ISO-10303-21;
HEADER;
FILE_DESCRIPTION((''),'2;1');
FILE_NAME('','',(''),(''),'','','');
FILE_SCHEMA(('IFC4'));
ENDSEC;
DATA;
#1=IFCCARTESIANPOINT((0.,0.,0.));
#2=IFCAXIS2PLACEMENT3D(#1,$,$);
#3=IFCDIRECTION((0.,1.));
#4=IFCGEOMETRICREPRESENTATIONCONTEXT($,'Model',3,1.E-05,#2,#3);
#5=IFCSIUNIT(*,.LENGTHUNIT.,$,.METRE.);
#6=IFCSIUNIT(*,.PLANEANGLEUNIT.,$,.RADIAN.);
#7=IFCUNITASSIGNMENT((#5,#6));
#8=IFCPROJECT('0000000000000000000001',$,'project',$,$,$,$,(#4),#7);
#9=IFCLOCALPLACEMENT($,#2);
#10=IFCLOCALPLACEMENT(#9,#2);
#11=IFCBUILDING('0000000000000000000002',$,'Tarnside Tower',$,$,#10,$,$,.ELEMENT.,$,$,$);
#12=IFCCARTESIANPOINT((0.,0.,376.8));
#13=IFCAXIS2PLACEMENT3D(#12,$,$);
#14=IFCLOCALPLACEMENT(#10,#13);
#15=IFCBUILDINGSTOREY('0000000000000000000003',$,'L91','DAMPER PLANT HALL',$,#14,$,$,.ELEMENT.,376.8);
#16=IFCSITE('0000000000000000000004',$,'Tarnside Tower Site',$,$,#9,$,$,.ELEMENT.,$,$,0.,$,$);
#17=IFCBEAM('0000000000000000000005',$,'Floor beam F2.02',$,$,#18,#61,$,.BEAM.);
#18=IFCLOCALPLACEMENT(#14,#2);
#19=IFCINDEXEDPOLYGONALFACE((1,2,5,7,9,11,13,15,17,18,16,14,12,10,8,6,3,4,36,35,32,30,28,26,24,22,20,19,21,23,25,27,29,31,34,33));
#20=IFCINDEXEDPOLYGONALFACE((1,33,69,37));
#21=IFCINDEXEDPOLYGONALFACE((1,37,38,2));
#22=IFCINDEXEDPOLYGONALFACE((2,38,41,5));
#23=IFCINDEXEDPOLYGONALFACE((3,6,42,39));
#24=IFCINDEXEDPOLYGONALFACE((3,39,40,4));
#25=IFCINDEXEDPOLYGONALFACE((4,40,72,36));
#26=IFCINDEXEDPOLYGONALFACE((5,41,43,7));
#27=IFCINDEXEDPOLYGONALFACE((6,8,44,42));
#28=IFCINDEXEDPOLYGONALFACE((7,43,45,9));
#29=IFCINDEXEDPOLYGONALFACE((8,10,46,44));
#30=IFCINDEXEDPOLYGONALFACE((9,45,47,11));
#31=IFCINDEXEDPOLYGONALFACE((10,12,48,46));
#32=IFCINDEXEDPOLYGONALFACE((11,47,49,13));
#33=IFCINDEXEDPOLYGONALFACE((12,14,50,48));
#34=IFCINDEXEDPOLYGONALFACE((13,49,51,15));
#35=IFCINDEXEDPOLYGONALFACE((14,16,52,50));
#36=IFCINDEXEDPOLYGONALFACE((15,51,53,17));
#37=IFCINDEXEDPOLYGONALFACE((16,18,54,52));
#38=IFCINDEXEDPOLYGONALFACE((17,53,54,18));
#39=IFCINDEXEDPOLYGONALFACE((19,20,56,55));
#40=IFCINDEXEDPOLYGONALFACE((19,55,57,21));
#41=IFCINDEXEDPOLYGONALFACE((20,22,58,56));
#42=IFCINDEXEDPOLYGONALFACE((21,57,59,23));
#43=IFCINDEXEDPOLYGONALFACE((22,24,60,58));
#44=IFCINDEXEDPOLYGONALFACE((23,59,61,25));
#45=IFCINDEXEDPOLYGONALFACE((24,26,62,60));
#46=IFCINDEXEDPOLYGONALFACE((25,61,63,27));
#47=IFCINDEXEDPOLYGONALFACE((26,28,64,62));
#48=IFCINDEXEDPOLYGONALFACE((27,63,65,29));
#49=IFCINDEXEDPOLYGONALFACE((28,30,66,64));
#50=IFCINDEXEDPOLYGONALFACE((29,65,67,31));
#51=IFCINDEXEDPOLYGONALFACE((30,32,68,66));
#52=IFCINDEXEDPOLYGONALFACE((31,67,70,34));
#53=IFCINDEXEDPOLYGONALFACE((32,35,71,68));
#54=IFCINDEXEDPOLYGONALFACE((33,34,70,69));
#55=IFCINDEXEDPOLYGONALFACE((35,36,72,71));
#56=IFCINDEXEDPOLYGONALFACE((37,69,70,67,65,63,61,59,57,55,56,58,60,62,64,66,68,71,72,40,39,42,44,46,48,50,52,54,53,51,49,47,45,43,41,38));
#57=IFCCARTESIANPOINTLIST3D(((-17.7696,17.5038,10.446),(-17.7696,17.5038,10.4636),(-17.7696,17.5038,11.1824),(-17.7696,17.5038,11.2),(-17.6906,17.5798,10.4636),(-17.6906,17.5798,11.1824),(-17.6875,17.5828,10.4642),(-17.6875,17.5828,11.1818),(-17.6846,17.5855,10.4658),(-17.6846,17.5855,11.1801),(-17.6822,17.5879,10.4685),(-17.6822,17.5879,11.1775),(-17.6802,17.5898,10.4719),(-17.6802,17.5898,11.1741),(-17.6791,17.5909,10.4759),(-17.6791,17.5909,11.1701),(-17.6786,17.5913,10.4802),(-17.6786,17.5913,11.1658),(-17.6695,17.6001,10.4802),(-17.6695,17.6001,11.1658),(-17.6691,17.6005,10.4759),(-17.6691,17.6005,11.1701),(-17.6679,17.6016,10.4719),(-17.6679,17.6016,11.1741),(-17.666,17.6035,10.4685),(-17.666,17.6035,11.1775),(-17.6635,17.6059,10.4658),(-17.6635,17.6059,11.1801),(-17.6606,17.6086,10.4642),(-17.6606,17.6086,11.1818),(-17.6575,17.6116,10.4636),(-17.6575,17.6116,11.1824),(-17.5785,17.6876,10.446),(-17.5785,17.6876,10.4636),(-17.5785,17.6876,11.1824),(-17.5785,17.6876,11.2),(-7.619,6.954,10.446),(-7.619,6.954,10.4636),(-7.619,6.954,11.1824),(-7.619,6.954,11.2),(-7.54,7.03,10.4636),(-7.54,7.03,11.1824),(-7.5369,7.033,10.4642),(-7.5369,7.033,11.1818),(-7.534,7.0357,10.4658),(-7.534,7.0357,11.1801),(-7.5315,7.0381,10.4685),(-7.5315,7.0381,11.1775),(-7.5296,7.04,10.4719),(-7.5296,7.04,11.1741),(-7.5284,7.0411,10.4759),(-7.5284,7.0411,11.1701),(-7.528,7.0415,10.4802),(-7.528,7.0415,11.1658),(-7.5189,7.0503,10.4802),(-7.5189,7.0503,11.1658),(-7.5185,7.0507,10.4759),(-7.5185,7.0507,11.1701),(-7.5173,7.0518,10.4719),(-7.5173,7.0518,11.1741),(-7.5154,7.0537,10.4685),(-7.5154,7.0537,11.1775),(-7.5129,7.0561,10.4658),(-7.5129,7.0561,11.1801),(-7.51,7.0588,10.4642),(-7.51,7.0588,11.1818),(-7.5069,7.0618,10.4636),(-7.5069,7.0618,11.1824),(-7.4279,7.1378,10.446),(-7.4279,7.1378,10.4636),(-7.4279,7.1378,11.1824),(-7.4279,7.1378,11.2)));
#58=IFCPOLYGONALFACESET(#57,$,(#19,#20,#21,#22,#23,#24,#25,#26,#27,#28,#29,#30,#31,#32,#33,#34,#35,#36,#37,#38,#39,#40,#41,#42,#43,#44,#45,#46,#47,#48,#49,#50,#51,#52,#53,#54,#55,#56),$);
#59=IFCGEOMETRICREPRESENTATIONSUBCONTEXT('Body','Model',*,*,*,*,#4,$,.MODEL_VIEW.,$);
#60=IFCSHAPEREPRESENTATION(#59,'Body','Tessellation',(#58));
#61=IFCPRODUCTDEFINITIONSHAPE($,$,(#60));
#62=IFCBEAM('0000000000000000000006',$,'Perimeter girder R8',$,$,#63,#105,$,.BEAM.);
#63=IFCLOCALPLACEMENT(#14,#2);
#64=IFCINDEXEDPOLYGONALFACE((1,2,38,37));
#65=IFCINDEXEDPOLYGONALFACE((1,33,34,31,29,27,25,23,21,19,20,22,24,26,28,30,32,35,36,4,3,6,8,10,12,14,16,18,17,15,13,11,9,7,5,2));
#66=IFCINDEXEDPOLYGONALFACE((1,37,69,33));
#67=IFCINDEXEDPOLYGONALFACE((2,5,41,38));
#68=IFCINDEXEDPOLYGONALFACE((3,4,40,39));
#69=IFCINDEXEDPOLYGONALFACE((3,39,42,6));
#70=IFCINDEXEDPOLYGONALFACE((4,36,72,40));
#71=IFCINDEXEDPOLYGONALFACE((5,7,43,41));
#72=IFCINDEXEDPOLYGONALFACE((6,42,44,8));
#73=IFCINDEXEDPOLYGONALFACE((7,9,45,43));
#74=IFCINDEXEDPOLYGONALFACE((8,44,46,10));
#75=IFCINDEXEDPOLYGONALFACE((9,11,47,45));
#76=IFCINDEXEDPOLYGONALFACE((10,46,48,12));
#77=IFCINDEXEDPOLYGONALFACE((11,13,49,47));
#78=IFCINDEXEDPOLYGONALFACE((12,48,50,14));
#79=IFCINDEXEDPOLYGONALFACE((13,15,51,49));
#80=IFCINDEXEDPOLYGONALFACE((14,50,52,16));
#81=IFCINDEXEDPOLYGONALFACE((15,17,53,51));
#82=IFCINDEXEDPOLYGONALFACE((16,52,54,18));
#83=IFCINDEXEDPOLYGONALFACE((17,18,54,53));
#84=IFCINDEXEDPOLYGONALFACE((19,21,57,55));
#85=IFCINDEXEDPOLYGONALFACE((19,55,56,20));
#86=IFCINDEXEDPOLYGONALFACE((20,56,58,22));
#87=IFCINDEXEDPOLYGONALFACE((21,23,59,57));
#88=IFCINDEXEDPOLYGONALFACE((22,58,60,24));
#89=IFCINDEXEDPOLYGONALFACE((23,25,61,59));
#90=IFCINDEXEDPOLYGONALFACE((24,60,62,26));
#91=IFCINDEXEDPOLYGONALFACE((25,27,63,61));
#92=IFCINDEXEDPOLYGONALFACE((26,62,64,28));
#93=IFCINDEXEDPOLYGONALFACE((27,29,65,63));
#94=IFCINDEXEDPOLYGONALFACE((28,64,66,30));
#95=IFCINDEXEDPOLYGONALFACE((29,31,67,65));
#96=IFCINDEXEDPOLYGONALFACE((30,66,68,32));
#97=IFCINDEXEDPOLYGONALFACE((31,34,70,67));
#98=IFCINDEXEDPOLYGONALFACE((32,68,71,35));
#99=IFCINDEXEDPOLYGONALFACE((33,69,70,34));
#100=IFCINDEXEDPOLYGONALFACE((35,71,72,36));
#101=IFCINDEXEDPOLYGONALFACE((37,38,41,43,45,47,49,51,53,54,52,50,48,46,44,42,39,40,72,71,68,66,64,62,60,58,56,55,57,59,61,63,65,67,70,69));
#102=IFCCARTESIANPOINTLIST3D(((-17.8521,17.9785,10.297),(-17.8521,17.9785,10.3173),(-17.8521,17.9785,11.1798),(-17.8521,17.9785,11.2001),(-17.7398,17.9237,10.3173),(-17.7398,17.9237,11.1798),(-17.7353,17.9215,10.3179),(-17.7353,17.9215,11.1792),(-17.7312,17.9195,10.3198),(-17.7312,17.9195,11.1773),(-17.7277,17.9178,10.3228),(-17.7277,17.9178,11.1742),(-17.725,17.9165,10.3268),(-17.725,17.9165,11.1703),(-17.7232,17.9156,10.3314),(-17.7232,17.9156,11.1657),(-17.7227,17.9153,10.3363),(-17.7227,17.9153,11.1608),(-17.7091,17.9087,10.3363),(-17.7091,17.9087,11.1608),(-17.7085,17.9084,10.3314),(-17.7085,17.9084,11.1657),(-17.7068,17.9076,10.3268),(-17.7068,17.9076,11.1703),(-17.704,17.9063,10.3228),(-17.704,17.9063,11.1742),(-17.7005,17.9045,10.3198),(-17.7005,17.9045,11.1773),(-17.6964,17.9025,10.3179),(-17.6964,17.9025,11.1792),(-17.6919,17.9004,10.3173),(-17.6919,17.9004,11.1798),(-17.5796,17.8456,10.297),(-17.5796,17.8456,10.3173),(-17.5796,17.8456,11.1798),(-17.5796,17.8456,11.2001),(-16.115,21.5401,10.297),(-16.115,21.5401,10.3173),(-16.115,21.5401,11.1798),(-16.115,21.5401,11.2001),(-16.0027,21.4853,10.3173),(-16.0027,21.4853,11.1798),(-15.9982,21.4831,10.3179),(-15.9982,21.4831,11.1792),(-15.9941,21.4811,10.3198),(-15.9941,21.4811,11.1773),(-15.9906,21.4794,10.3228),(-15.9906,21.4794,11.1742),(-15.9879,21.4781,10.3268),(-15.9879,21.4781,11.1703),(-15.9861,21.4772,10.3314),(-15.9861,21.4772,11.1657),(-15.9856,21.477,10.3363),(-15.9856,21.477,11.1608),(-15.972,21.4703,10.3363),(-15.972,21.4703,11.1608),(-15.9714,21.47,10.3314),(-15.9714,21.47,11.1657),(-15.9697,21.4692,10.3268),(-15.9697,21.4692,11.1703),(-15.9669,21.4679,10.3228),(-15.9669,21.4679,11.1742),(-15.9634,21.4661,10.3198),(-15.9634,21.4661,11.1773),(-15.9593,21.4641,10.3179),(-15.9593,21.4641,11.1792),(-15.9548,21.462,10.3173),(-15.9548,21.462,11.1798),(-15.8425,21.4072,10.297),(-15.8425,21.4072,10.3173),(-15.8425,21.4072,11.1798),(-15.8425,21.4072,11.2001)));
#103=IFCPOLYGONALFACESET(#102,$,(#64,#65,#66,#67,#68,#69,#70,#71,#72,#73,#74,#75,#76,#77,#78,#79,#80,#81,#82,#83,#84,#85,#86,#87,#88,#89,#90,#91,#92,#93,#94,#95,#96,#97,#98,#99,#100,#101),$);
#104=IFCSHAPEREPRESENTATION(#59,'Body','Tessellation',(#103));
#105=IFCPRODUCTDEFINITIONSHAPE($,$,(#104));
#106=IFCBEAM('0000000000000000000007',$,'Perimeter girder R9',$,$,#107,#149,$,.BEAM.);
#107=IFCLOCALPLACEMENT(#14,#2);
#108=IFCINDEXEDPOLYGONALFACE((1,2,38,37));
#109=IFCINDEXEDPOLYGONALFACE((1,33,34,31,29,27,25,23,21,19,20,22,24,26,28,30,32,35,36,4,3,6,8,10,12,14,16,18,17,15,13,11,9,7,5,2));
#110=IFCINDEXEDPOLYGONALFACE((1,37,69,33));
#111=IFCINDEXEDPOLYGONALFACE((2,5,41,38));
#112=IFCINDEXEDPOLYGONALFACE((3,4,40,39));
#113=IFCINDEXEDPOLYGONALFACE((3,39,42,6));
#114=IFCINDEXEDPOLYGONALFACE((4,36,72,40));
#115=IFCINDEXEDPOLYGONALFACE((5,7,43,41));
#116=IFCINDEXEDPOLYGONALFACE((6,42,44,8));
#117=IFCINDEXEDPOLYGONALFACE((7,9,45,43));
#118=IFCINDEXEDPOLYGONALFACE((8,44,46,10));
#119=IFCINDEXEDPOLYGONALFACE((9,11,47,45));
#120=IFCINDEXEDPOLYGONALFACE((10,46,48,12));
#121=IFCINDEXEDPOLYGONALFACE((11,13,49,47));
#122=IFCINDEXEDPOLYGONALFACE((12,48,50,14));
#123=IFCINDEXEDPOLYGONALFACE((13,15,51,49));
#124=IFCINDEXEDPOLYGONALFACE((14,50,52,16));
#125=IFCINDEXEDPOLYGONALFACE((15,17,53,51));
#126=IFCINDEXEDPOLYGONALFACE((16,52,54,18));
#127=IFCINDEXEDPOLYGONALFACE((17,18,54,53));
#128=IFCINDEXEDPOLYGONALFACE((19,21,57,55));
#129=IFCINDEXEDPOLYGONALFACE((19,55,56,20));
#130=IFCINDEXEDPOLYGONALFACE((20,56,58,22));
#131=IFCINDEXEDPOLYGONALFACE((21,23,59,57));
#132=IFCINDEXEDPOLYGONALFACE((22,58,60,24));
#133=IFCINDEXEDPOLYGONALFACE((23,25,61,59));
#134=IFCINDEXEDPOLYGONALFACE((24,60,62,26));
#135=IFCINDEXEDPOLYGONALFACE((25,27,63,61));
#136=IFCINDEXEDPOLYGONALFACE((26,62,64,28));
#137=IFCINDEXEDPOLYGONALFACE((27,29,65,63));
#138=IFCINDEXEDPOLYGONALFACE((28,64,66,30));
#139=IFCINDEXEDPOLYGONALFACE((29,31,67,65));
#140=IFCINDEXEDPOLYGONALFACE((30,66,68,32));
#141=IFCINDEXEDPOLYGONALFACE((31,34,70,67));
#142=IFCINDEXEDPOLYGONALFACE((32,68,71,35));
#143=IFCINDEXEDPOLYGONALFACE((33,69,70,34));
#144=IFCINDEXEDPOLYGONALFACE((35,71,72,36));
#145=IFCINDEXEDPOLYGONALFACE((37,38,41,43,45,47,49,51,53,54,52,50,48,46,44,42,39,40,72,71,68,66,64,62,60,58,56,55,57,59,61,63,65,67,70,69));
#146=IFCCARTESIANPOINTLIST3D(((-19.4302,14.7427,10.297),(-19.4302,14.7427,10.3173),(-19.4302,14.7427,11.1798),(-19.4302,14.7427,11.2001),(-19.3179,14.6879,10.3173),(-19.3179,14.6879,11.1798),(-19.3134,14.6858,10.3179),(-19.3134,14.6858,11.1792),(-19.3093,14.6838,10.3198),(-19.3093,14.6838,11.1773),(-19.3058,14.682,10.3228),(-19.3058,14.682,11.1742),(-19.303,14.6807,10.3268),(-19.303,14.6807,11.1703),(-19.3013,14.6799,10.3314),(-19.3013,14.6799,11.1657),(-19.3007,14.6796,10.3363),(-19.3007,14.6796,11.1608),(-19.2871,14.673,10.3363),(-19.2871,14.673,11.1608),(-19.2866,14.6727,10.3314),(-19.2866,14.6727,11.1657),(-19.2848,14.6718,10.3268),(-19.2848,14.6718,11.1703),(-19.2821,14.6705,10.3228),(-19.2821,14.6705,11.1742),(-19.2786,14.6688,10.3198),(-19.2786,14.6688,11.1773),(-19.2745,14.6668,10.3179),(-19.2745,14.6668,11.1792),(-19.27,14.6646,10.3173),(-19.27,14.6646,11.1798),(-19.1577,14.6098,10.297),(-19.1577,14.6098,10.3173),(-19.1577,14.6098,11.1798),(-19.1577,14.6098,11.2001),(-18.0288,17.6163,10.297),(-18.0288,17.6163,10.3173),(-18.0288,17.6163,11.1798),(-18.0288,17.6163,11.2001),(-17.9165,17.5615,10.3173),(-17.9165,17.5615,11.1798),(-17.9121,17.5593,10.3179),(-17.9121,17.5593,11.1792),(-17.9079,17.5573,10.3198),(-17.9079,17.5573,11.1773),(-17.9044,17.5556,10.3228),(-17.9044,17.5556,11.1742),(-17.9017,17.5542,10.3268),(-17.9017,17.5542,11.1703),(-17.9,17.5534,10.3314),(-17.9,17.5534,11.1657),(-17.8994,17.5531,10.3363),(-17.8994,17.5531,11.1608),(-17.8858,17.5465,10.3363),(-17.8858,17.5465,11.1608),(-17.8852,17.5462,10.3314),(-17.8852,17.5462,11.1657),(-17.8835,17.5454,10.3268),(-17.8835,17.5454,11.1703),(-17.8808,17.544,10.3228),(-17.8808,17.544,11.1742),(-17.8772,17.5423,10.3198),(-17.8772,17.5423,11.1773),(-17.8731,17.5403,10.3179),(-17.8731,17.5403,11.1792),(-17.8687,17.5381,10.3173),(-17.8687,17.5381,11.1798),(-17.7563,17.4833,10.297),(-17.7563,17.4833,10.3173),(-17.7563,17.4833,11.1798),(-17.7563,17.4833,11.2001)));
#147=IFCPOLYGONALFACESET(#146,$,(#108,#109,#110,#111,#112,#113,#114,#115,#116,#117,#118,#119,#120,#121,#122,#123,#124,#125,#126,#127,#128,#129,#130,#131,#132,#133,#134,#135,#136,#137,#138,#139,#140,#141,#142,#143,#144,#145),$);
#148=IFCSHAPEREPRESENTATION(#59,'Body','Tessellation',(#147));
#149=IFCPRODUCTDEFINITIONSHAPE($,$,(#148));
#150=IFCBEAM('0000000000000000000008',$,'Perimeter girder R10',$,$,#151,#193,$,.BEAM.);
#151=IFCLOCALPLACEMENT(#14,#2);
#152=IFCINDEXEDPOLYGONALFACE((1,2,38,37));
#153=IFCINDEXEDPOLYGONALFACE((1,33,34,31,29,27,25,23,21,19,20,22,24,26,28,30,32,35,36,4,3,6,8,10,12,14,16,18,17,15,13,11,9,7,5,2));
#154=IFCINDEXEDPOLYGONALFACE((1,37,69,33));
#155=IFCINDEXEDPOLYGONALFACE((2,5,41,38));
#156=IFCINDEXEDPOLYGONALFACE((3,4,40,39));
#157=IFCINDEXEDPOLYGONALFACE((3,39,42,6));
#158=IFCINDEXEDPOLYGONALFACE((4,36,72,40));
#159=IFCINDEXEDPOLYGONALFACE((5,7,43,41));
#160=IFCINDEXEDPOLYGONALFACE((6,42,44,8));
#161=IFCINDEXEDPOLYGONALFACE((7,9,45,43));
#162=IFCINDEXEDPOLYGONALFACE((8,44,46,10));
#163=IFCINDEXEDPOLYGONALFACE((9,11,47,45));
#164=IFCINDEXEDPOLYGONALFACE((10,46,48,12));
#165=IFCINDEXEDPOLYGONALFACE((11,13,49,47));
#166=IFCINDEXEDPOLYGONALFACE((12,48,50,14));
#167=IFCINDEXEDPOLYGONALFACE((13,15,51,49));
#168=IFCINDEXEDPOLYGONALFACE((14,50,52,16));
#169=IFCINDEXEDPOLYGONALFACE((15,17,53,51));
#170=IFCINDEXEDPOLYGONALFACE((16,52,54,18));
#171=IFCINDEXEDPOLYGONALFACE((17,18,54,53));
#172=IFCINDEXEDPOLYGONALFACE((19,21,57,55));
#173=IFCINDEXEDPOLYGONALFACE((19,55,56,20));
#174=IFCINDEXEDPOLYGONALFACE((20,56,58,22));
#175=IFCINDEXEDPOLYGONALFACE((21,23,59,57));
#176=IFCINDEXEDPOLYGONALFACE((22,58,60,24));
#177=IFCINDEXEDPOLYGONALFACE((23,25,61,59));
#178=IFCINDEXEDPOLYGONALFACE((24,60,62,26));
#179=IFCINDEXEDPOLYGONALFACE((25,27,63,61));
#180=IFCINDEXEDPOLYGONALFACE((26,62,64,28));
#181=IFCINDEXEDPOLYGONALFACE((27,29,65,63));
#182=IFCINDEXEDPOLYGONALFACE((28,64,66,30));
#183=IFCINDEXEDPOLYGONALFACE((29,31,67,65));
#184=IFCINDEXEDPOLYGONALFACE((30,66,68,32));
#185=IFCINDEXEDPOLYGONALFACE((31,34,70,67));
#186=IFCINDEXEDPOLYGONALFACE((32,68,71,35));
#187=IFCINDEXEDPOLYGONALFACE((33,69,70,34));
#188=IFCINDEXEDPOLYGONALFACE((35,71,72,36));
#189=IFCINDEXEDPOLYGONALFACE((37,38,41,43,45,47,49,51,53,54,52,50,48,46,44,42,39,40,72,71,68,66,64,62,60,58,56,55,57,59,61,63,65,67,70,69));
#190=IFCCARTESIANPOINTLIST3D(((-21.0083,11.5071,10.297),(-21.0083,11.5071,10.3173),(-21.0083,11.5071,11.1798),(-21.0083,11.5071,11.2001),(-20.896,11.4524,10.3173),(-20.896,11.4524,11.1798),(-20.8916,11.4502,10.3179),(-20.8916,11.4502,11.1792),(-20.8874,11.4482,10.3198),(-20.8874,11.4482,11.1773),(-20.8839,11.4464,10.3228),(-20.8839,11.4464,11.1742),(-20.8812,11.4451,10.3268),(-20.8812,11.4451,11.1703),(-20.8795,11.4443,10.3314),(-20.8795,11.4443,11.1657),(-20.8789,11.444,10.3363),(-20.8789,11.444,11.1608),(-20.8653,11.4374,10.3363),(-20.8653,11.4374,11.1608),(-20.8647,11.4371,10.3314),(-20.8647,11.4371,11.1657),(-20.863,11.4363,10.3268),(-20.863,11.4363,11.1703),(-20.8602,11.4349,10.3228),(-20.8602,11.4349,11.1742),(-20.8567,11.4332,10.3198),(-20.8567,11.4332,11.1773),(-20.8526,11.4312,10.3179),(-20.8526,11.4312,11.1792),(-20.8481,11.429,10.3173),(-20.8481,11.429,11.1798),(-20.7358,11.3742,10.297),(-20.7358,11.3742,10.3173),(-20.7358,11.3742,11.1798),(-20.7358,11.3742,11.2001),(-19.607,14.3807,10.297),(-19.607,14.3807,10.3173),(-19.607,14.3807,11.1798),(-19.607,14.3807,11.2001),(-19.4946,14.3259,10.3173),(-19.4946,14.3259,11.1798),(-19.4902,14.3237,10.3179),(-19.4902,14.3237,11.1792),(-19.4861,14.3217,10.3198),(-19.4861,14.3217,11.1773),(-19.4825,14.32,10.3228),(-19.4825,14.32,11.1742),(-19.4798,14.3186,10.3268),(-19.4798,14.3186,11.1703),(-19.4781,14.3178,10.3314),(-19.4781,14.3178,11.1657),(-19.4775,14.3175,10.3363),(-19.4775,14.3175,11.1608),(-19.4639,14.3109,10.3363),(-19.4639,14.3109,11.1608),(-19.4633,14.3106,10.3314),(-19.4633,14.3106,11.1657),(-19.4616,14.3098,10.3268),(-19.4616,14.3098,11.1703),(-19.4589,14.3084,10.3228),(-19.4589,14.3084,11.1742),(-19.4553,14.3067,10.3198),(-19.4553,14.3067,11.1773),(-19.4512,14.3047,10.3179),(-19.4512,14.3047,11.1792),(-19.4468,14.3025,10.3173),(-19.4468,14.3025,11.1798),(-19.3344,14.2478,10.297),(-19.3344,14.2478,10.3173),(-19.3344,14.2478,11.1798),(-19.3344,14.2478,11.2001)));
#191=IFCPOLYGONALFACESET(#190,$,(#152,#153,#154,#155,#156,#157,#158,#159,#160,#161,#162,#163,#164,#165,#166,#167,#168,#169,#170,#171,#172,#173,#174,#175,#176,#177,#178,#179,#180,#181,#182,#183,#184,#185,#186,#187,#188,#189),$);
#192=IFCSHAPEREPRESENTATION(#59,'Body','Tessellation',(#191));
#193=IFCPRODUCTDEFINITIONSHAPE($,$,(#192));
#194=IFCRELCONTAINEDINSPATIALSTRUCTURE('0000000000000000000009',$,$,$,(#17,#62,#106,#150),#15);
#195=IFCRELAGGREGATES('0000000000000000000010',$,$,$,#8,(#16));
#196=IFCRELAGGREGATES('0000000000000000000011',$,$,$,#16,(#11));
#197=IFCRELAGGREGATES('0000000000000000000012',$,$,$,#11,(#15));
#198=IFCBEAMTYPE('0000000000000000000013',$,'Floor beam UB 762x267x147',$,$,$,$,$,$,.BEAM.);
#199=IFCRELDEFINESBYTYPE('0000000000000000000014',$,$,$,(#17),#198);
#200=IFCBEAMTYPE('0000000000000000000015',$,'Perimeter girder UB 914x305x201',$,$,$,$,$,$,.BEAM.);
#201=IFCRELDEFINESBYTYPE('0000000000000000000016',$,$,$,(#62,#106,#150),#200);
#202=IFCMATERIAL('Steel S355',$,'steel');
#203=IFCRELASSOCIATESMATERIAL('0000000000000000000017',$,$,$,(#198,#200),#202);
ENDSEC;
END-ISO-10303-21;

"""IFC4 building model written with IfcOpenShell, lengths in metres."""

from ifc_helpers import new_model, si_unit, direction, frame, origin, origin_2d, place, context, subcontext, project, spatial, i_section, extrude, material, material_profile, profile_set, type_object, element, save


model = new_model("IFC4")

# Units and contexts
model_context = context("Model", 3, precision=1e-05, world=origin(), true_north=direction((0.0, 1.0)))
body_context = subcontext(model_context, "Body", "Model", "MODEL_VIEW")
ifc_project = project(units=[si_unit("LENGTHUNIT", "METRE"), si_unit("PLANEANGLEUNIT", "RADIAN")], contexts=[model_context])

# Site, building, storey
site_placement = place(None, origin())
site = spatial("IfcSite", under=ifc_project, at=site_placement, Name="Tarnside Tower Site", CompositionType="ELEMENT", RefElevation=0.0)
building_placement = place(site_placement, origin())
building = spatial("IfcBuilding", under=site, at=building_placement, Name="Tarnside Tower", CompositionType="ELEMENT")
storey_placement = place(building_placement, frame((0.0, 0.0, 376.8)))
storey = spatial("IfcBuildingStorey", under=building, at=storey_placement, Name="L91", Description="DAMPER PLANT HALL", CompositionType="ELEMENT", Elevation=376.8)

# Shared definitions
ifc_material_1 = material(Name="Steel S355", Category="steel")

# Beams
ifc_material_profile_1 = material_profile(ifc_material_1, i_section(OverallWidth=0.2651, OverallDepth=0.7539, WebThickness=0.0127, FlangeThickness=0.0176, FilletRadius=0.0166, at=origin_2d()), Name="UB 762x267x147")
ifc_profile_set_1 = profile_set([ifc_material_profile_1], Name="Steel S355")
beam_type_1 = type_object("IfcBeamType", Name="Floor beam UB 762x267x147", PredefinedType="BEAM", material=ifc_profile_set_1)
beam_1_placement = place(storey_placement, frame((-17.6741, 17.5957, 10.823), z_axis=(0.693343, -0.720608, 0.0), x_axis=(0.720608, 0.693343, 0.0)))
element("IfcBeam", 1, at=beam_1_placement, inside=storey, type_object=beam_type_1, Name="Floor beam F2.02", PredefinedType="BEAM", context=body_context, shape_type="SweptSolid", body=[
    extrude(i_section(OverallWidth=0.2651, OverallDepth=0.7539, WebThickness=0.0127, FlangeThickness=0.0176, FilletRadius=0.0166, at=origin_2d()), origin(), (0.0, 0.0, 1.0), 14.6401),
])
ifc_material_profile_2 = material_profile(ifc_material_1, i_section(OverallWidth=0.3032, OverallDepth=0.9031, WebThickness=0.0151, FlangeThickness=0.0203, FilletRadius=0.019, at=origin_2d()), Name="UB 914x305x201")
ifc_profile_set_2 = profile_set([ifc_material_profile_2], Name="Steel S355")
beam_type_2 = type_object("IfcBeamType", Name="Perimeter girder UB 914x305x201", PredefinedType="BEAM", material=ifc_profile_set_2)
beam_2_placement = place(storey_placement, frame((-15.9788, 21.4736, 10.7485), z_axis=(-0.438369, -0.898795, 0.0), x_axis=(0.898795, -0.438369, 0.0)))
element("IfcBeam", 2, at=beam_2_placement, inside=storey, type_object=beam_type_2, Name="Perimeter girder R8", PredefinedType="BEAM", context=body_context, shape_type="SweptSolid", body=[
    extrude(i_section(OverallWidth=0.3032, OverallDepth=0.9031, WebThickness=0.0151, FlangeThickness=0.0203, FilletRadius=0.019, at=origin_2d()), origin(), (0.0, 0.0, 1.0), 3.9626),
])
for number, where, z_axis, x_axis, name in (
    (3, (-17.8926, 17.5498, 10.7485), (-0.438333, -0.898812, 0.0), (0.898812, -0.438333, 0.0), "Perimeter girder R9"),
    (4, (-19.4707, 14.3142, 10.7485), (-0.438333, -0.898812, 0.0), (0.898812, -0.438333, 0.0), "Perimeter girder R10"),
):
    element("IfcBeam", number, at=place(storey_placement, frame(where, z_axis=z_axis, x_axis=x_axis)), inside=storey, type_object=beam_type_2, Name=name, PredefinedType="BEAM", context=body_context, shape_type="SweptSolid", body=[
        extrude(i_section(OverallWidth=0.3032, OverallDepth=0.9031, WebThickness=0.0151, FlangeThickness=0.0203, FilletRadius=0.019, at=origin_2d()), origin(), (0.0, 0.0, 1.0), 3.197),
    ])

save(model, "model.ifc")
